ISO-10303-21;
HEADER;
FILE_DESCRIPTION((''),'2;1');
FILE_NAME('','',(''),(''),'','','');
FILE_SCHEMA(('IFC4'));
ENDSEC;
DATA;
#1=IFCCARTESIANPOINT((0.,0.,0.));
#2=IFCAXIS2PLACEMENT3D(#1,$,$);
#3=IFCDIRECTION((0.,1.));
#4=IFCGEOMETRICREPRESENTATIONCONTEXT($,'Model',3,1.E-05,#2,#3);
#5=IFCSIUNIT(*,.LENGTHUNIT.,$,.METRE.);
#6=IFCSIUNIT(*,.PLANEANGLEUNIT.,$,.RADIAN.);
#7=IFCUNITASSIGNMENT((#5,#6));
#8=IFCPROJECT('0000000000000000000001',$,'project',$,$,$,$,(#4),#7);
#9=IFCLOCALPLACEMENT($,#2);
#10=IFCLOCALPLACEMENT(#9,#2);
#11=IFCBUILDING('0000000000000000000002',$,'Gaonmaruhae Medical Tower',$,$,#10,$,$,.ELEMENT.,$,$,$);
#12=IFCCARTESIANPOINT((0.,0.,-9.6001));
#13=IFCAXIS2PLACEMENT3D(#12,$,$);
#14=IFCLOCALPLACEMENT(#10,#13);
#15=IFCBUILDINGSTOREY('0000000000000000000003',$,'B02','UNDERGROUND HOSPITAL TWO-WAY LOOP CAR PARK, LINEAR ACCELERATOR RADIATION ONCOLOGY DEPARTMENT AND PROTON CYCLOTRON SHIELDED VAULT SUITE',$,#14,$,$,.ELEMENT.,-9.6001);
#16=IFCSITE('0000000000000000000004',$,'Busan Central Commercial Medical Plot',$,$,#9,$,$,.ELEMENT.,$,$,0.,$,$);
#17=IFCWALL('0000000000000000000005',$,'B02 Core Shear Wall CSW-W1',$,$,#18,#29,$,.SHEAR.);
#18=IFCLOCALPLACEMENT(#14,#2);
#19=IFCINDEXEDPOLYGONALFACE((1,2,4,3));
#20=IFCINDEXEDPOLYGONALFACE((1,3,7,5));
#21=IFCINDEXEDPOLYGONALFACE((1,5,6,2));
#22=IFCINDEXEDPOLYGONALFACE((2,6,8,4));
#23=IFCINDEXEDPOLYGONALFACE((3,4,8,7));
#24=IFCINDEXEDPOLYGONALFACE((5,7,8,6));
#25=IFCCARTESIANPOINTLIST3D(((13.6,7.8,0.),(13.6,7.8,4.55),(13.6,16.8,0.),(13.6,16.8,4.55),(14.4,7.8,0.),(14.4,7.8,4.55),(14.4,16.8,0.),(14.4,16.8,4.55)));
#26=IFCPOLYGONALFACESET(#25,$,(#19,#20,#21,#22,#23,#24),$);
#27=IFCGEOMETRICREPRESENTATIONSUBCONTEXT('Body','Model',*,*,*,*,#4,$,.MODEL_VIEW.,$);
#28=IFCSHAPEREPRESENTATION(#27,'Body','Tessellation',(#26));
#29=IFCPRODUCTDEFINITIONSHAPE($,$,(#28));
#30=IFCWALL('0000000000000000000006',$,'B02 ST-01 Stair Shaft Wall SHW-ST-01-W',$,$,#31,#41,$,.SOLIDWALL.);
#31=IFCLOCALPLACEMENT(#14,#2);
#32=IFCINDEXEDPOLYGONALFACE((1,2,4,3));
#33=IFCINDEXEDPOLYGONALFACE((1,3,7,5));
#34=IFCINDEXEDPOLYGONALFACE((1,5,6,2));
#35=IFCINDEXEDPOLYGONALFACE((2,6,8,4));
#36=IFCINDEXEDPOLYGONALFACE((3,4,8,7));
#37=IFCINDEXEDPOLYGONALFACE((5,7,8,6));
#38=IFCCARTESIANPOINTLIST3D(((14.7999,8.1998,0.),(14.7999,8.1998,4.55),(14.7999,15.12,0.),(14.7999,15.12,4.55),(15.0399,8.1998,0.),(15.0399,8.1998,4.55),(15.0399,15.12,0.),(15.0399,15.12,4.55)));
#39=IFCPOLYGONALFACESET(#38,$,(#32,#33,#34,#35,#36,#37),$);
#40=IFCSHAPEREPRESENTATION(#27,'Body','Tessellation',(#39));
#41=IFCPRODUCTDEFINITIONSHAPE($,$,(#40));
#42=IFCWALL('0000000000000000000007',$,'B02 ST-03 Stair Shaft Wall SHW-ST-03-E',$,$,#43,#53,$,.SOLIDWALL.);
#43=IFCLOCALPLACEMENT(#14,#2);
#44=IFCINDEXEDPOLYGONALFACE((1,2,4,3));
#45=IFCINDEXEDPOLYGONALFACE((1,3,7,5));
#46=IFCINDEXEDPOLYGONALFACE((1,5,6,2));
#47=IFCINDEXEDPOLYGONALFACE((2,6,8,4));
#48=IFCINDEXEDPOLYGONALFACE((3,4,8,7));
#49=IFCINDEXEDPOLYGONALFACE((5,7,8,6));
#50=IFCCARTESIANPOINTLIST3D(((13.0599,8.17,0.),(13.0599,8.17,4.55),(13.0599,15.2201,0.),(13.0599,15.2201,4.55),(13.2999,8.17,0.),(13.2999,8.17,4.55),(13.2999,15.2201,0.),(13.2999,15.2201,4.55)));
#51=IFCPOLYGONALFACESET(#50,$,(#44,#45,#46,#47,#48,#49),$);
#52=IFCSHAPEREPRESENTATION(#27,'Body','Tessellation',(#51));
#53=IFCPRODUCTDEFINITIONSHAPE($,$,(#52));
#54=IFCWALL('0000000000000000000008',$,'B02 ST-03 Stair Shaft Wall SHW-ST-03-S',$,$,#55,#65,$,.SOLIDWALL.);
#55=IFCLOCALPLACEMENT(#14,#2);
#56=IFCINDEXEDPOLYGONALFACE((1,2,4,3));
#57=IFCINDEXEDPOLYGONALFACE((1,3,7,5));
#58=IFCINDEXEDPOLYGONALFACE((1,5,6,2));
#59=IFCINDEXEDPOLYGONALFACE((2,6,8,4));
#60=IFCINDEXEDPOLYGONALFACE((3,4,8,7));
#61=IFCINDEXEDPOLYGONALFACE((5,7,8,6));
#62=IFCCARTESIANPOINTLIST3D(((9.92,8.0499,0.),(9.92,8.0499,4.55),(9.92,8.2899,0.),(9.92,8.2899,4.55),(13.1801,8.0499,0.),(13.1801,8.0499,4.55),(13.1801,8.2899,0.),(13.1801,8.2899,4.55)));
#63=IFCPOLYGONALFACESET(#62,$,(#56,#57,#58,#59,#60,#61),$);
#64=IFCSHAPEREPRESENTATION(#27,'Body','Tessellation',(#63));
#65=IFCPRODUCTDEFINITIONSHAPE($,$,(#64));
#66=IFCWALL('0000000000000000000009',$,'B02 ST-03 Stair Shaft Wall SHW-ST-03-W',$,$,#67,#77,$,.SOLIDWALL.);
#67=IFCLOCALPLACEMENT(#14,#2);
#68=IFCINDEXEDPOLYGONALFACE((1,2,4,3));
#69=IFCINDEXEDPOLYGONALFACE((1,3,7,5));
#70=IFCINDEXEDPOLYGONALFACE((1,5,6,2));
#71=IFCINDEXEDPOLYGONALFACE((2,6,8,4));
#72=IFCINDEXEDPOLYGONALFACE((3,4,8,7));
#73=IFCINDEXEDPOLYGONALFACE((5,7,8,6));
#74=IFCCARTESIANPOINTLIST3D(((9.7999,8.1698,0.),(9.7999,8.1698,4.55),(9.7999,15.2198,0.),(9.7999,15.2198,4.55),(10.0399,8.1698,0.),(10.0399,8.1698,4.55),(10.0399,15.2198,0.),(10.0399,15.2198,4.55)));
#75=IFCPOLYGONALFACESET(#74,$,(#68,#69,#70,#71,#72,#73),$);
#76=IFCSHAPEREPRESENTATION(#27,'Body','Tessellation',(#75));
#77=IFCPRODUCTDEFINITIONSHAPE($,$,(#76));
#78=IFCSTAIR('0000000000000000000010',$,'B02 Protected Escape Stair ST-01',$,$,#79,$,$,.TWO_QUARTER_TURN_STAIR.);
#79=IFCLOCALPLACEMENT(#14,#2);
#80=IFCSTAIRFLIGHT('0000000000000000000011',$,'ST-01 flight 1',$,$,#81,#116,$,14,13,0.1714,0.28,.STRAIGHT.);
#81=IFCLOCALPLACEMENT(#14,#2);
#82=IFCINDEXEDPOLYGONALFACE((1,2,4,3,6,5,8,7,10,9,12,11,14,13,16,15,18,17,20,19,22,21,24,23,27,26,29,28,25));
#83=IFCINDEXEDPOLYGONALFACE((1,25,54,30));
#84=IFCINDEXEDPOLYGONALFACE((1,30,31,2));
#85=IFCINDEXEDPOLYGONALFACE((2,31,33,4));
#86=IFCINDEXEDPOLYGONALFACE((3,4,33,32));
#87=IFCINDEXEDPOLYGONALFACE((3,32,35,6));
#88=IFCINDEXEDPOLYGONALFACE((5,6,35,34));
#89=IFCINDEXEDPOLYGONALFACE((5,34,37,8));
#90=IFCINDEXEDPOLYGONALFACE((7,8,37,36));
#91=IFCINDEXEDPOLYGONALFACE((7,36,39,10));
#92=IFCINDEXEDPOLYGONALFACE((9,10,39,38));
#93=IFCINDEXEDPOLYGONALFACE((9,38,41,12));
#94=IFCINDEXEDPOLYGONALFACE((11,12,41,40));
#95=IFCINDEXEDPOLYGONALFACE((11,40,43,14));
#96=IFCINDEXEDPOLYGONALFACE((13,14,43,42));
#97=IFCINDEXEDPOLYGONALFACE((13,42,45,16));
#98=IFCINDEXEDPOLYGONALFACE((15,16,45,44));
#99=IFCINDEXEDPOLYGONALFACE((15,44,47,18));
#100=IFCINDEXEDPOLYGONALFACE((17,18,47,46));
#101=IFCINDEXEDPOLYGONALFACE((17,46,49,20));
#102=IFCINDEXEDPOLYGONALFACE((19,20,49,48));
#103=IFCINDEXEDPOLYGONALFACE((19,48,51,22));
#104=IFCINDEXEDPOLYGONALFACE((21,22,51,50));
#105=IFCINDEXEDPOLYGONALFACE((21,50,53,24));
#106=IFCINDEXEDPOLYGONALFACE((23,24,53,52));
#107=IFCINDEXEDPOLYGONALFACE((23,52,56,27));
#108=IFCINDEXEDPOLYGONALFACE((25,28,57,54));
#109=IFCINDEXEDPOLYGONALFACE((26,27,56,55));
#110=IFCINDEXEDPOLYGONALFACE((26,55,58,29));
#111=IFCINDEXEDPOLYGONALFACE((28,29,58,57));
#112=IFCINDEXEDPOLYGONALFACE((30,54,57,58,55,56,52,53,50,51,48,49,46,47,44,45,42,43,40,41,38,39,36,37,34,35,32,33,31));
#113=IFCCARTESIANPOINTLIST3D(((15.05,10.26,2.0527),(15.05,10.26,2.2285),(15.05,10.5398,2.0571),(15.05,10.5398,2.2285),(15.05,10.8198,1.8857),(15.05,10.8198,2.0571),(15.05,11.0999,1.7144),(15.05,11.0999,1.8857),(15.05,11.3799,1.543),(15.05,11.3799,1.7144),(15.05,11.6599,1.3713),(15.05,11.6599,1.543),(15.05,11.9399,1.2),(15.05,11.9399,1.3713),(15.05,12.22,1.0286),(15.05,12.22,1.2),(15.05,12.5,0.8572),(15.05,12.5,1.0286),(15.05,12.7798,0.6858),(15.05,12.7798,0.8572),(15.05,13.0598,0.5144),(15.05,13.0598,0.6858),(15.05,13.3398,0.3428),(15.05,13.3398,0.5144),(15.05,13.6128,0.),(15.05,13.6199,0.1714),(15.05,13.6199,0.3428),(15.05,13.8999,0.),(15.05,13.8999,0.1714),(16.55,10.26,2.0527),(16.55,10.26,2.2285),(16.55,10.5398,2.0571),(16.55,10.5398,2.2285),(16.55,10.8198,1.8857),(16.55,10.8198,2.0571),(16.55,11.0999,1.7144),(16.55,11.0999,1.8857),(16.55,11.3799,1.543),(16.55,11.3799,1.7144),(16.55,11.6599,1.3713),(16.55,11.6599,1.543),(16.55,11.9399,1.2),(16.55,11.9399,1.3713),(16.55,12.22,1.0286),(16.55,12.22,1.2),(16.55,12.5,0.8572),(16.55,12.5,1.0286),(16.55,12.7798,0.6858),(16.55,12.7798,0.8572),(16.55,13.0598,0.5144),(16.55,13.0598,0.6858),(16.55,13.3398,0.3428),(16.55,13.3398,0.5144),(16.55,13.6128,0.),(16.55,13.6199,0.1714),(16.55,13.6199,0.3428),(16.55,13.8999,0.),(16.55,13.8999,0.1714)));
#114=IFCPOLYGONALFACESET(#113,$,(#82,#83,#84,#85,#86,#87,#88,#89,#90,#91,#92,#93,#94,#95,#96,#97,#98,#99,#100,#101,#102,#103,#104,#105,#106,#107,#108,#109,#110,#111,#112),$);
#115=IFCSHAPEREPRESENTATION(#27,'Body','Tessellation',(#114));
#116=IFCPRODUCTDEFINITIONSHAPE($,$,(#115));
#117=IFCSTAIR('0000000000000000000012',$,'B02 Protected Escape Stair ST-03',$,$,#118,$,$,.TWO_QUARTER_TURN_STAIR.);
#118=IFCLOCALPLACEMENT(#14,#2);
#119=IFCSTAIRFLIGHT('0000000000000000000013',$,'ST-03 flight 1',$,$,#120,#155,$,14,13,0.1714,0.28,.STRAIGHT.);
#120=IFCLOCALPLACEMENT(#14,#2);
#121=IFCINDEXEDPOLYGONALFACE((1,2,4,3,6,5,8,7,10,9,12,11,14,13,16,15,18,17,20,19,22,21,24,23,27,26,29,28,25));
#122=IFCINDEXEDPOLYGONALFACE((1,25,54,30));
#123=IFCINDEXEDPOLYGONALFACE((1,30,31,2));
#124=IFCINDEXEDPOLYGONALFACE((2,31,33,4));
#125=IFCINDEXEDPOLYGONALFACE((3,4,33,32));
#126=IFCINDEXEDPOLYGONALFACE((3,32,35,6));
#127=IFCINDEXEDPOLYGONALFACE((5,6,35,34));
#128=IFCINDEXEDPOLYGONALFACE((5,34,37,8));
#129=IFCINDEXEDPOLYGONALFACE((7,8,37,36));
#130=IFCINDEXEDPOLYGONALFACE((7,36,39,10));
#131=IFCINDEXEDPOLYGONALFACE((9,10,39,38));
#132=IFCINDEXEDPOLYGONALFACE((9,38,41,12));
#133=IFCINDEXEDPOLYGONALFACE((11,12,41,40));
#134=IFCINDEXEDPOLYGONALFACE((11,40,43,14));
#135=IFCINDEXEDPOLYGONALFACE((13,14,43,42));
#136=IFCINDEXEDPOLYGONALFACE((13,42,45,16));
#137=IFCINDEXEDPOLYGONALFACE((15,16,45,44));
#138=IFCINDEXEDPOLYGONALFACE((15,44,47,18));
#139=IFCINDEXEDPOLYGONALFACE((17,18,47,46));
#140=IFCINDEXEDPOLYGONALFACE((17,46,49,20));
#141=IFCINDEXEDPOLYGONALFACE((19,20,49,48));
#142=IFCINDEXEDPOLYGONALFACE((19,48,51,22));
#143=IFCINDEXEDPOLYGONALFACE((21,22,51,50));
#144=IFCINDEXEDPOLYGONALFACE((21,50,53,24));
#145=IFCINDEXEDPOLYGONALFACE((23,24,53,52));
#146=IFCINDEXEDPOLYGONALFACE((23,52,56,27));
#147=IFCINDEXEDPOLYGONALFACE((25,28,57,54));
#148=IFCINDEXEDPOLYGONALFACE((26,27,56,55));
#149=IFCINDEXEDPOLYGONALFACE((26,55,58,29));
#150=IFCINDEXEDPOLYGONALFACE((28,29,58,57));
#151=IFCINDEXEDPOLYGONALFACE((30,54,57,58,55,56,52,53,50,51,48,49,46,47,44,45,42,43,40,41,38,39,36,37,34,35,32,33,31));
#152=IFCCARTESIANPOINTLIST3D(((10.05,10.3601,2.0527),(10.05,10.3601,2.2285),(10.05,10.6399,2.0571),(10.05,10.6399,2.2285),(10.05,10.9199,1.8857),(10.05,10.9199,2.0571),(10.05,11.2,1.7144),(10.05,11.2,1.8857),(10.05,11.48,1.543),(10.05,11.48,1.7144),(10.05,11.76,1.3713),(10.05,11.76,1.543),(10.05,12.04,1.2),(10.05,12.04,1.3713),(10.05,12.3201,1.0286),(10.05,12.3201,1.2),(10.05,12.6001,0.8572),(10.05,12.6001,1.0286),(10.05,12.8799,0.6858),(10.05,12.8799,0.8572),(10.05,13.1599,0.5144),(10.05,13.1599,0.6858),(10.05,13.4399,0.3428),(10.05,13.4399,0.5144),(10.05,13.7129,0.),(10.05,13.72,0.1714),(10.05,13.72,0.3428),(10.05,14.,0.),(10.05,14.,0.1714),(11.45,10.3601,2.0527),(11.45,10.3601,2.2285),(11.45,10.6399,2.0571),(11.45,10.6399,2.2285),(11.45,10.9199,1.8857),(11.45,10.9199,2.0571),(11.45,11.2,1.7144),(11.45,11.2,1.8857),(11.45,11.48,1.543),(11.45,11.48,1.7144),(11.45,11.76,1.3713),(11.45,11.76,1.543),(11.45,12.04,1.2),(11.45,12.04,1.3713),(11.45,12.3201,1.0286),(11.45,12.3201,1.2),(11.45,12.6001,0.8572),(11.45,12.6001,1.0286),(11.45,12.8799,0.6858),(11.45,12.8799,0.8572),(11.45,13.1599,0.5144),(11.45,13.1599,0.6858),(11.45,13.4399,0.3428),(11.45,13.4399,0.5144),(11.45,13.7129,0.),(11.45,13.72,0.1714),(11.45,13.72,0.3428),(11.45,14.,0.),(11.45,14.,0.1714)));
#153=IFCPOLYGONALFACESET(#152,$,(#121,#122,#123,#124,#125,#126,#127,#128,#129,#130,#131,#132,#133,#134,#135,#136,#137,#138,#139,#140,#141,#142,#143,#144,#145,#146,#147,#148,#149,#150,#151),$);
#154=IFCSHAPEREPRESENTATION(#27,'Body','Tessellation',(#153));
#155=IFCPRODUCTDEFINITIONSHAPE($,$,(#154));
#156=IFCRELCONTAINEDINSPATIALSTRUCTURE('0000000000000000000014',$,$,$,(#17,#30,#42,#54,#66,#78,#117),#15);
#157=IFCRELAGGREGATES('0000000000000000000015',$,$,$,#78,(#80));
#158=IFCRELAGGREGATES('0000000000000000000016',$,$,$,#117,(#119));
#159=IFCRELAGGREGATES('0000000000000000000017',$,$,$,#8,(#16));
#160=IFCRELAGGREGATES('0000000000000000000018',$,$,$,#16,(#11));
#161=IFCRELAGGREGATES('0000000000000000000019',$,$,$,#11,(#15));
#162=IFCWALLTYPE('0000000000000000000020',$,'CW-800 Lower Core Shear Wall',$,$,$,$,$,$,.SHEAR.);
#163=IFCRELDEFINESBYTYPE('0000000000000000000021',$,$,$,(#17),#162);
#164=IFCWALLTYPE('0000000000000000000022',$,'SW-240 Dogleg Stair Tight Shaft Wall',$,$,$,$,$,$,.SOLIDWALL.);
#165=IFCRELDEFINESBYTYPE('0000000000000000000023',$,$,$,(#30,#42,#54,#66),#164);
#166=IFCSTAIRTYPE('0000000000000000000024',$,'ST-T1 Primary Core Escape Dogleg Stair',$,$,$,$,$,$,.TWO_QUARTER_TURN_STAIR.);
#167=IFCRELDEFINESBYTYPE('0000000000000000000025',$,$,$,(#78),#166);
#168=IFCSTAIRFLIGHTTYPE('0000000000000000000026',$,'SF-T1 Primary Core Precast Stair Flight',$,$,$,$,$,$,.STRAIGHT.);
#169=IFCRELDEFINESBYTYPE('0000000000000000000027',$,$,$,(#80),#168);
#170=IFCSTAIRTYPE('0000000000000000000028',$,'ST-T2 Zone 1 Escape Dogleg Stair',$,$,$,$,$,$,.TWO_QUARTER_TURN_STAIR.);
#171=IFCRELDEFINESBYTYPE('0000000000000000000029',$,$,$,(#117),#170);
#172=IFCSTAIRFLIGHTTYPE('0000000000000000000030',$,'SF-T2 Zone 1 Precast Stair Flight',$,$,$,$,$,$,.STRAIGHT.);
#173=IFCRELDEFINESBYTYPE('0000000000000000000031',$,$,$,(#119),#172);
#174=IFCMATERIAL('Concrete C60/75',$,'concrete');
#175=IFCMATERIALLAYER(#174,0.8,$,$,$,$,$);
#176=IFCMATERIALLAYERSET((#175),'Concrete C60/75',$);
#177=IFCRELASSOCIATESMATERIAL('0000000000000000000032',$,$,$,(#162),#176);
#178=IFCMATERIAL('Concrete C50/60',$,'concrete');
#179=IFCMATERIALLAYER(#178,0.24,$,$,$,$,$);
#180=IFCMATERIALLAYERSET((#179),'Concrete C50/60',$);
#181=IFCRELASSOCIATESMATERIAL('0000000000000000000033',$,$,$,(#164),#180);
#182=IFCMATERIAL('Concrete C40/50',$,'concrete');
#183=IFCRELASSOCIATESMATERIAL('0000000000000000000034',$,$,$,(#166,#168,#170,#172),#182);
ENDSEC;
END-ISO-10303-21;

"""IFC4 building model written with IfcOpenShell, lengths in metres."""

from ifc_helpers import new_model, si_unit, direction, frame, frame_2d, origin, place, context, subcontext, project, spatial, polyline, rectangle, outline, extrude, material, layer, layer_set, type_object, element, aggregate, save


model = new_model("IFC4")

# Units and contexts
model_context = context("Model", 3, precision=1e-05, world=origin(), true_north=direction((0.0, 1.0)))
body_context = subcontext(model_context, "Body", "Model", "MODEL_VIEW")
ifc_project = project(units=[si_unit("LENGTHUNIT", "METRE"), si_unit("PLANEANGLEUNIT", "RADIAN")], contexts=[model_context])

# Site, building, storey
site_placement = place(None, origin())
site = spatial("IfcSite", under=ifc_project, at=site_placement, Name="Busan Central Commercial Medical Plot", CompositionType="ELEMENT", RefElevation=0.0)
building_placement = place(site_placement, origin())
building = spatial("IfcBuilding", under=site, at=building_placement, Name="Gaonmaruhae Medical Tower", CompositionType="ELEMENT")
storey_placement = place(building_placement, frame((0.0, 0.0, -9.6001)))
storey = spatial("IfcBuildingStorey", under=building, at=storey_placement, Name="B02", Description="UNDERGROUND HOSPITAL TWO-WAY LOOP CAR PARK, LINEAR ACCELERATOR RADIATION ONCOLOGY DEPARTMENT AND PROTON CYCLOTRON SHIELDED VAULT SUITE", CompositionType="ELEMENT", Elevation=-9.6001)

# Shared definitions
ifc_material_1 = material(Name="Concrete C50/60", Category="concrete")

# Shared definitions
ifc_material_2 = material(Name="Concrete C60/75", Category="concrete")

# Wall
ifc_layer_1 = layer(ifc_material_2, 0.8)
ifc_layer_set_1 = layer_set([ifc_layer_1], Name="Concrete C60/75")
wall_type_1 = type_object("IfcWallType", Name="CW-800 Lower Core Shear Wall", PredefinedType="SHEAR", material=ifc_layer_set_1)
wall_1_placement = place(storey_placement, frame((14.0, 16.8, 0.0), z_axis=(0.0, 0.0, 1.0), x_axis=(0.0, -1.0, 0.0)))
element("IfcWall", 1, at=wall_1_placement, inside=storey, type_object=wall_type_1, Name="B02 Core Shear Wall CSW-W1", PredefinedType="SHEAR", context=body_context, shape_type="SweptSolid", body=[
    extrude(rectangle(XDim=9.0, YDim=0.8, at=frame_2d((4.5, 0.0))), origin(), (0.0, 0.0, 1.0), 4.55),
])

# Shared definitions
ifc_layer_2 = layer(ifc_material_1, 0.24)
ifc_layer_set_2 = layer_set([ifc_layer_2], Name="Concrete C50/60")
wall_type_2 = type_object("IfcWallType", Name="SW-240 Dogleg Stair Tight Shaft Wall", PredefinedType="SOLIDWALL", material=ifc_layer_set_2)

# Wall
wall_2_placement = place(storey_placement, frame((14.9199, 8.2, 0.0), z_axis=(0.0, 0.0, 1.0), x_axis=(0.0, 1.0, 0.0)))
element("IfcWall", 2, at=wall_2_placement, inside=storey, type_object=wall_type_2, Name="B02 ST-01 Stair Shaft Wall SHW-ST-01-W", PredefinedType="SOLIDWALL", context=body_context, shape_type="SweptSolid", body=[
    extrude(rectangle(XDim=6.9202, YDim=0.24, at=frame_2d((3.46, 0.0))), origin(), (0.0, 0.0, 1.0), 4.55),
])

# Walls
wall_3_placement = place(storey_placement, frame((13.1799, 15.22, 0.0), z_axis=(0.0, 0.0, 1.0), x_axis=(0.0, -1.0, 0.0)))
element("IfcWall", 3, at=wall_3_placement, inside=storey, type_object=wall_type_2, Name="B02 ST-03 Stair Shaft Wall SHW-ST-03-E", PredefinedType="SOLIDWALL", context=body_context, shape_type="SweptSolid", body=[
    extrude(rectangle(XDim=7.05, YDim=0.24, at=frame_2d((3.5249, 0.0))), origin(), (0.0, 0.0, 1.0), 4.55),
])
wall_4_placement = place(storey_placement, frame((13.1799, 8.1699, 0.0), z_axis=(0.0, 0.0, 1.0), x_axis=(-1.0, 0.0, 0.0)))
element("IfcWall", 4, at=wall_4_placement, inside=storey, type_object=wall_type_2, Name="B02 ST-03 Stair Shaft Wall SHW-ST-03-S", PredefinedType="SOLIDWALL", context=body_context, shape_type="SweptSolid", body=[
    extrude(rectangle(XDim=3.26, YDim=0.24, at=frame_2d((1.6299, 0.0))), origin(), (0.0, 0.0, 1.0), 4.55),
])
wall_5_placement = place(storey_placement, frame((9.9199, 8.1699, 0.0), z_axis=(0.0, 0.0, 1.0), x_axis=(0.0, 1.0, 0.0)))
element("IfcWall", 5, at=wall_5_placement, inside=storey, type_object=wall_type_2, Name="B02 ST-03 Stair Shaft Wall SHW-ST-03-W", PredefinedType="SOLIDWALL", context=body_context, shape_type="SweptSolid", body=[
    extrude(rectangle(XDim=7.05, YDim=0.24, at=frame_2d((3.5249, 0.0))), origin(), (0.0, 0.0, 1.0), 4.55),
])

# Stair, stair flight
ifc_material_3 = material(Name="Concrete C40/50", Category="concrete")
stair_type_1 = type_object("IfcStairType", Name="ST-T1 Primary Core Escape Dogleg Stair", PredefinedType="TWO_QUARTER_TURN_STAIR", material=ifc_material_3)
stair_1_placement = place(storey_placement, origin())
stair_1 = element("IfcStair", 6, at=stair_1_placement, inside=storey, type_object=stair_type_1, Name="B02 Protected Escape Stair ST-01", PredefinedType="TWO_QUARTER_TURN_STAIR")
stair_flight_type_1 = type_object("IfcStairFlightType", Name="SF-T1 Primary Core Precast Stair Flight", PredefinedType="STRAIGHT", material=ifc_material_3)
stair_flight_1_placement = place(storey_placement, frame((15.8, 13.8999, 0.0), z_axis=(0.0, 0.0, 1.0), x_axis=(0.0, -1.0, 0.0)))
stair_flight_1 = element("IfcStairFlight", 7, at=stair_flight_1_placement, type_object=stair_flight_type_1, Name="ST-01 flight 1", NumberOfRisers=14, NumberOfTreads=13, PredefinedType="STRAIGHT", RiserHeight=0.1714, TreadLength=0.28, context=body_context, shape_type="SweptSolid", body=[
    extrude(outline(polyline([(0.0, 0.0), (0.0, 0.1714), (0.28, 0.1714), (0.28, 0.3428), (0.5601, 0.3428), (0.5601, 0.5144), (0.8401, 0.5144), (0.8401, 0.6858), (1.1201, 0.6858), (1.1201, 0.8572), (1.3999, 0.8572), (1.3999, 1.0286), (1.6799, 1.0286), (1.6799, 1.2), (1.96, 1.2), (1.96, 1.3713), (2.24, 1.3713), (2.24, 1.543), (2.52, 1.543), (2.52, 1.7144), (2.8, 1.7144), (2.8, 1.8857), (3.0801, 1.8857), (3.0801, 2.0571), (3.3601, 2.0571), (3.3601, 2.2285), (3.6399, 2.2285), (3.6399, 2.3999), (3.6399, 2.0527), (0.2871, 0.0), (0.0, 0.0)])), frame((0.0, 0.75, 0.0), z_axis=(0.0, -1.0, 0.0), x_axis=(1.0, 0.0, 0.0)), (0.0, 0.0, 1.0), 1.5),
])
aggregate(stair_1, [stair_flight_1])

# Stair, stair flight
stair_type_2 = type_object("IfcStairType", Name="ST-T2 Zone 1 Escape Dogleg Stair", PredefinedType="TWO_QUARTER_TURN_STAIR", material=ifc_material_3)
stair_2_placement = place(storey_placement, origin())
stair_2 = element("IfcStair", 8, at=stair_2_placement, inside=storey, type_object=stair_type_2, Name="B02 Protected Escape Stair ST-03", PredefinedType="TWO_QUARTER_TURN_STAIR")
stair_flight_type_2 = type_object("IfcStairFlightType", Name="SF-T2 Zone 1 Precast Stair Flight", PredefinedType="STRAIGHT", material=ifc_material_3)
stair_flight_2_placement = place(storey_placement, frame((10.75, 14.0, 0.0), z_axis=(0.0, 0.0, 1.0), x_axis=(0.0, -1.0, 0.0)))
stair_flight_2 = element("IfcStairFlight", 9, at=stair_flight_2_placement, type_object=stair_flight_type_2, Name="ST-03 flight 1", NumberOfRisers=14, NumberOfTreads=13, PredefinedType="STRAIGHT", RiserHeight=0.1714, TreadLength=0.28, context=body_context, shape_type="SweptSolid", body=[
    extrude(outline(polyline([(0.0, 0.0), (0.0, 0.1714), (0.28, 0.1714), (0.28, 0.3428), (0.5601, 0.3428), (0.5601, 0.5144), (0.8401, 0.5144), (0.8401, 0.6858), (1.1201, 0.6858), (1.1201, 0.8572), (1.3999, 0.8572), (1.3999, 1.0286), (1.6799, 1.0286), (1.6799, 1.2), (1.96, 1.2), (1.96, 1.3713), (2.24, 1.3713), (2.24, 1.543), (2.52, 1.543), (2.52, 1.7144), (2.8, 1.7144), (2.8, 1.8857), (3.0801, 1.8857), (3.0801, 2.0571), (3.3601, 2.0571), (3.3601, 2.2285), (3.6399, 2.2285), (3.6399, 2.3999), (3.6399, 2.0527), (0.2871, 0.0), (0.0, 0.0)])), frame((0.0, 0.7, 0.0), z_axis=(0.0, -1.0, 0.0), x_axis=(1.0, 0.0, 0.0)), (0.0, 0.0, 1.0), 1.3999),
])
aggregate(stair_2, [stair_flight_2])

save(model, "model.ifc")
